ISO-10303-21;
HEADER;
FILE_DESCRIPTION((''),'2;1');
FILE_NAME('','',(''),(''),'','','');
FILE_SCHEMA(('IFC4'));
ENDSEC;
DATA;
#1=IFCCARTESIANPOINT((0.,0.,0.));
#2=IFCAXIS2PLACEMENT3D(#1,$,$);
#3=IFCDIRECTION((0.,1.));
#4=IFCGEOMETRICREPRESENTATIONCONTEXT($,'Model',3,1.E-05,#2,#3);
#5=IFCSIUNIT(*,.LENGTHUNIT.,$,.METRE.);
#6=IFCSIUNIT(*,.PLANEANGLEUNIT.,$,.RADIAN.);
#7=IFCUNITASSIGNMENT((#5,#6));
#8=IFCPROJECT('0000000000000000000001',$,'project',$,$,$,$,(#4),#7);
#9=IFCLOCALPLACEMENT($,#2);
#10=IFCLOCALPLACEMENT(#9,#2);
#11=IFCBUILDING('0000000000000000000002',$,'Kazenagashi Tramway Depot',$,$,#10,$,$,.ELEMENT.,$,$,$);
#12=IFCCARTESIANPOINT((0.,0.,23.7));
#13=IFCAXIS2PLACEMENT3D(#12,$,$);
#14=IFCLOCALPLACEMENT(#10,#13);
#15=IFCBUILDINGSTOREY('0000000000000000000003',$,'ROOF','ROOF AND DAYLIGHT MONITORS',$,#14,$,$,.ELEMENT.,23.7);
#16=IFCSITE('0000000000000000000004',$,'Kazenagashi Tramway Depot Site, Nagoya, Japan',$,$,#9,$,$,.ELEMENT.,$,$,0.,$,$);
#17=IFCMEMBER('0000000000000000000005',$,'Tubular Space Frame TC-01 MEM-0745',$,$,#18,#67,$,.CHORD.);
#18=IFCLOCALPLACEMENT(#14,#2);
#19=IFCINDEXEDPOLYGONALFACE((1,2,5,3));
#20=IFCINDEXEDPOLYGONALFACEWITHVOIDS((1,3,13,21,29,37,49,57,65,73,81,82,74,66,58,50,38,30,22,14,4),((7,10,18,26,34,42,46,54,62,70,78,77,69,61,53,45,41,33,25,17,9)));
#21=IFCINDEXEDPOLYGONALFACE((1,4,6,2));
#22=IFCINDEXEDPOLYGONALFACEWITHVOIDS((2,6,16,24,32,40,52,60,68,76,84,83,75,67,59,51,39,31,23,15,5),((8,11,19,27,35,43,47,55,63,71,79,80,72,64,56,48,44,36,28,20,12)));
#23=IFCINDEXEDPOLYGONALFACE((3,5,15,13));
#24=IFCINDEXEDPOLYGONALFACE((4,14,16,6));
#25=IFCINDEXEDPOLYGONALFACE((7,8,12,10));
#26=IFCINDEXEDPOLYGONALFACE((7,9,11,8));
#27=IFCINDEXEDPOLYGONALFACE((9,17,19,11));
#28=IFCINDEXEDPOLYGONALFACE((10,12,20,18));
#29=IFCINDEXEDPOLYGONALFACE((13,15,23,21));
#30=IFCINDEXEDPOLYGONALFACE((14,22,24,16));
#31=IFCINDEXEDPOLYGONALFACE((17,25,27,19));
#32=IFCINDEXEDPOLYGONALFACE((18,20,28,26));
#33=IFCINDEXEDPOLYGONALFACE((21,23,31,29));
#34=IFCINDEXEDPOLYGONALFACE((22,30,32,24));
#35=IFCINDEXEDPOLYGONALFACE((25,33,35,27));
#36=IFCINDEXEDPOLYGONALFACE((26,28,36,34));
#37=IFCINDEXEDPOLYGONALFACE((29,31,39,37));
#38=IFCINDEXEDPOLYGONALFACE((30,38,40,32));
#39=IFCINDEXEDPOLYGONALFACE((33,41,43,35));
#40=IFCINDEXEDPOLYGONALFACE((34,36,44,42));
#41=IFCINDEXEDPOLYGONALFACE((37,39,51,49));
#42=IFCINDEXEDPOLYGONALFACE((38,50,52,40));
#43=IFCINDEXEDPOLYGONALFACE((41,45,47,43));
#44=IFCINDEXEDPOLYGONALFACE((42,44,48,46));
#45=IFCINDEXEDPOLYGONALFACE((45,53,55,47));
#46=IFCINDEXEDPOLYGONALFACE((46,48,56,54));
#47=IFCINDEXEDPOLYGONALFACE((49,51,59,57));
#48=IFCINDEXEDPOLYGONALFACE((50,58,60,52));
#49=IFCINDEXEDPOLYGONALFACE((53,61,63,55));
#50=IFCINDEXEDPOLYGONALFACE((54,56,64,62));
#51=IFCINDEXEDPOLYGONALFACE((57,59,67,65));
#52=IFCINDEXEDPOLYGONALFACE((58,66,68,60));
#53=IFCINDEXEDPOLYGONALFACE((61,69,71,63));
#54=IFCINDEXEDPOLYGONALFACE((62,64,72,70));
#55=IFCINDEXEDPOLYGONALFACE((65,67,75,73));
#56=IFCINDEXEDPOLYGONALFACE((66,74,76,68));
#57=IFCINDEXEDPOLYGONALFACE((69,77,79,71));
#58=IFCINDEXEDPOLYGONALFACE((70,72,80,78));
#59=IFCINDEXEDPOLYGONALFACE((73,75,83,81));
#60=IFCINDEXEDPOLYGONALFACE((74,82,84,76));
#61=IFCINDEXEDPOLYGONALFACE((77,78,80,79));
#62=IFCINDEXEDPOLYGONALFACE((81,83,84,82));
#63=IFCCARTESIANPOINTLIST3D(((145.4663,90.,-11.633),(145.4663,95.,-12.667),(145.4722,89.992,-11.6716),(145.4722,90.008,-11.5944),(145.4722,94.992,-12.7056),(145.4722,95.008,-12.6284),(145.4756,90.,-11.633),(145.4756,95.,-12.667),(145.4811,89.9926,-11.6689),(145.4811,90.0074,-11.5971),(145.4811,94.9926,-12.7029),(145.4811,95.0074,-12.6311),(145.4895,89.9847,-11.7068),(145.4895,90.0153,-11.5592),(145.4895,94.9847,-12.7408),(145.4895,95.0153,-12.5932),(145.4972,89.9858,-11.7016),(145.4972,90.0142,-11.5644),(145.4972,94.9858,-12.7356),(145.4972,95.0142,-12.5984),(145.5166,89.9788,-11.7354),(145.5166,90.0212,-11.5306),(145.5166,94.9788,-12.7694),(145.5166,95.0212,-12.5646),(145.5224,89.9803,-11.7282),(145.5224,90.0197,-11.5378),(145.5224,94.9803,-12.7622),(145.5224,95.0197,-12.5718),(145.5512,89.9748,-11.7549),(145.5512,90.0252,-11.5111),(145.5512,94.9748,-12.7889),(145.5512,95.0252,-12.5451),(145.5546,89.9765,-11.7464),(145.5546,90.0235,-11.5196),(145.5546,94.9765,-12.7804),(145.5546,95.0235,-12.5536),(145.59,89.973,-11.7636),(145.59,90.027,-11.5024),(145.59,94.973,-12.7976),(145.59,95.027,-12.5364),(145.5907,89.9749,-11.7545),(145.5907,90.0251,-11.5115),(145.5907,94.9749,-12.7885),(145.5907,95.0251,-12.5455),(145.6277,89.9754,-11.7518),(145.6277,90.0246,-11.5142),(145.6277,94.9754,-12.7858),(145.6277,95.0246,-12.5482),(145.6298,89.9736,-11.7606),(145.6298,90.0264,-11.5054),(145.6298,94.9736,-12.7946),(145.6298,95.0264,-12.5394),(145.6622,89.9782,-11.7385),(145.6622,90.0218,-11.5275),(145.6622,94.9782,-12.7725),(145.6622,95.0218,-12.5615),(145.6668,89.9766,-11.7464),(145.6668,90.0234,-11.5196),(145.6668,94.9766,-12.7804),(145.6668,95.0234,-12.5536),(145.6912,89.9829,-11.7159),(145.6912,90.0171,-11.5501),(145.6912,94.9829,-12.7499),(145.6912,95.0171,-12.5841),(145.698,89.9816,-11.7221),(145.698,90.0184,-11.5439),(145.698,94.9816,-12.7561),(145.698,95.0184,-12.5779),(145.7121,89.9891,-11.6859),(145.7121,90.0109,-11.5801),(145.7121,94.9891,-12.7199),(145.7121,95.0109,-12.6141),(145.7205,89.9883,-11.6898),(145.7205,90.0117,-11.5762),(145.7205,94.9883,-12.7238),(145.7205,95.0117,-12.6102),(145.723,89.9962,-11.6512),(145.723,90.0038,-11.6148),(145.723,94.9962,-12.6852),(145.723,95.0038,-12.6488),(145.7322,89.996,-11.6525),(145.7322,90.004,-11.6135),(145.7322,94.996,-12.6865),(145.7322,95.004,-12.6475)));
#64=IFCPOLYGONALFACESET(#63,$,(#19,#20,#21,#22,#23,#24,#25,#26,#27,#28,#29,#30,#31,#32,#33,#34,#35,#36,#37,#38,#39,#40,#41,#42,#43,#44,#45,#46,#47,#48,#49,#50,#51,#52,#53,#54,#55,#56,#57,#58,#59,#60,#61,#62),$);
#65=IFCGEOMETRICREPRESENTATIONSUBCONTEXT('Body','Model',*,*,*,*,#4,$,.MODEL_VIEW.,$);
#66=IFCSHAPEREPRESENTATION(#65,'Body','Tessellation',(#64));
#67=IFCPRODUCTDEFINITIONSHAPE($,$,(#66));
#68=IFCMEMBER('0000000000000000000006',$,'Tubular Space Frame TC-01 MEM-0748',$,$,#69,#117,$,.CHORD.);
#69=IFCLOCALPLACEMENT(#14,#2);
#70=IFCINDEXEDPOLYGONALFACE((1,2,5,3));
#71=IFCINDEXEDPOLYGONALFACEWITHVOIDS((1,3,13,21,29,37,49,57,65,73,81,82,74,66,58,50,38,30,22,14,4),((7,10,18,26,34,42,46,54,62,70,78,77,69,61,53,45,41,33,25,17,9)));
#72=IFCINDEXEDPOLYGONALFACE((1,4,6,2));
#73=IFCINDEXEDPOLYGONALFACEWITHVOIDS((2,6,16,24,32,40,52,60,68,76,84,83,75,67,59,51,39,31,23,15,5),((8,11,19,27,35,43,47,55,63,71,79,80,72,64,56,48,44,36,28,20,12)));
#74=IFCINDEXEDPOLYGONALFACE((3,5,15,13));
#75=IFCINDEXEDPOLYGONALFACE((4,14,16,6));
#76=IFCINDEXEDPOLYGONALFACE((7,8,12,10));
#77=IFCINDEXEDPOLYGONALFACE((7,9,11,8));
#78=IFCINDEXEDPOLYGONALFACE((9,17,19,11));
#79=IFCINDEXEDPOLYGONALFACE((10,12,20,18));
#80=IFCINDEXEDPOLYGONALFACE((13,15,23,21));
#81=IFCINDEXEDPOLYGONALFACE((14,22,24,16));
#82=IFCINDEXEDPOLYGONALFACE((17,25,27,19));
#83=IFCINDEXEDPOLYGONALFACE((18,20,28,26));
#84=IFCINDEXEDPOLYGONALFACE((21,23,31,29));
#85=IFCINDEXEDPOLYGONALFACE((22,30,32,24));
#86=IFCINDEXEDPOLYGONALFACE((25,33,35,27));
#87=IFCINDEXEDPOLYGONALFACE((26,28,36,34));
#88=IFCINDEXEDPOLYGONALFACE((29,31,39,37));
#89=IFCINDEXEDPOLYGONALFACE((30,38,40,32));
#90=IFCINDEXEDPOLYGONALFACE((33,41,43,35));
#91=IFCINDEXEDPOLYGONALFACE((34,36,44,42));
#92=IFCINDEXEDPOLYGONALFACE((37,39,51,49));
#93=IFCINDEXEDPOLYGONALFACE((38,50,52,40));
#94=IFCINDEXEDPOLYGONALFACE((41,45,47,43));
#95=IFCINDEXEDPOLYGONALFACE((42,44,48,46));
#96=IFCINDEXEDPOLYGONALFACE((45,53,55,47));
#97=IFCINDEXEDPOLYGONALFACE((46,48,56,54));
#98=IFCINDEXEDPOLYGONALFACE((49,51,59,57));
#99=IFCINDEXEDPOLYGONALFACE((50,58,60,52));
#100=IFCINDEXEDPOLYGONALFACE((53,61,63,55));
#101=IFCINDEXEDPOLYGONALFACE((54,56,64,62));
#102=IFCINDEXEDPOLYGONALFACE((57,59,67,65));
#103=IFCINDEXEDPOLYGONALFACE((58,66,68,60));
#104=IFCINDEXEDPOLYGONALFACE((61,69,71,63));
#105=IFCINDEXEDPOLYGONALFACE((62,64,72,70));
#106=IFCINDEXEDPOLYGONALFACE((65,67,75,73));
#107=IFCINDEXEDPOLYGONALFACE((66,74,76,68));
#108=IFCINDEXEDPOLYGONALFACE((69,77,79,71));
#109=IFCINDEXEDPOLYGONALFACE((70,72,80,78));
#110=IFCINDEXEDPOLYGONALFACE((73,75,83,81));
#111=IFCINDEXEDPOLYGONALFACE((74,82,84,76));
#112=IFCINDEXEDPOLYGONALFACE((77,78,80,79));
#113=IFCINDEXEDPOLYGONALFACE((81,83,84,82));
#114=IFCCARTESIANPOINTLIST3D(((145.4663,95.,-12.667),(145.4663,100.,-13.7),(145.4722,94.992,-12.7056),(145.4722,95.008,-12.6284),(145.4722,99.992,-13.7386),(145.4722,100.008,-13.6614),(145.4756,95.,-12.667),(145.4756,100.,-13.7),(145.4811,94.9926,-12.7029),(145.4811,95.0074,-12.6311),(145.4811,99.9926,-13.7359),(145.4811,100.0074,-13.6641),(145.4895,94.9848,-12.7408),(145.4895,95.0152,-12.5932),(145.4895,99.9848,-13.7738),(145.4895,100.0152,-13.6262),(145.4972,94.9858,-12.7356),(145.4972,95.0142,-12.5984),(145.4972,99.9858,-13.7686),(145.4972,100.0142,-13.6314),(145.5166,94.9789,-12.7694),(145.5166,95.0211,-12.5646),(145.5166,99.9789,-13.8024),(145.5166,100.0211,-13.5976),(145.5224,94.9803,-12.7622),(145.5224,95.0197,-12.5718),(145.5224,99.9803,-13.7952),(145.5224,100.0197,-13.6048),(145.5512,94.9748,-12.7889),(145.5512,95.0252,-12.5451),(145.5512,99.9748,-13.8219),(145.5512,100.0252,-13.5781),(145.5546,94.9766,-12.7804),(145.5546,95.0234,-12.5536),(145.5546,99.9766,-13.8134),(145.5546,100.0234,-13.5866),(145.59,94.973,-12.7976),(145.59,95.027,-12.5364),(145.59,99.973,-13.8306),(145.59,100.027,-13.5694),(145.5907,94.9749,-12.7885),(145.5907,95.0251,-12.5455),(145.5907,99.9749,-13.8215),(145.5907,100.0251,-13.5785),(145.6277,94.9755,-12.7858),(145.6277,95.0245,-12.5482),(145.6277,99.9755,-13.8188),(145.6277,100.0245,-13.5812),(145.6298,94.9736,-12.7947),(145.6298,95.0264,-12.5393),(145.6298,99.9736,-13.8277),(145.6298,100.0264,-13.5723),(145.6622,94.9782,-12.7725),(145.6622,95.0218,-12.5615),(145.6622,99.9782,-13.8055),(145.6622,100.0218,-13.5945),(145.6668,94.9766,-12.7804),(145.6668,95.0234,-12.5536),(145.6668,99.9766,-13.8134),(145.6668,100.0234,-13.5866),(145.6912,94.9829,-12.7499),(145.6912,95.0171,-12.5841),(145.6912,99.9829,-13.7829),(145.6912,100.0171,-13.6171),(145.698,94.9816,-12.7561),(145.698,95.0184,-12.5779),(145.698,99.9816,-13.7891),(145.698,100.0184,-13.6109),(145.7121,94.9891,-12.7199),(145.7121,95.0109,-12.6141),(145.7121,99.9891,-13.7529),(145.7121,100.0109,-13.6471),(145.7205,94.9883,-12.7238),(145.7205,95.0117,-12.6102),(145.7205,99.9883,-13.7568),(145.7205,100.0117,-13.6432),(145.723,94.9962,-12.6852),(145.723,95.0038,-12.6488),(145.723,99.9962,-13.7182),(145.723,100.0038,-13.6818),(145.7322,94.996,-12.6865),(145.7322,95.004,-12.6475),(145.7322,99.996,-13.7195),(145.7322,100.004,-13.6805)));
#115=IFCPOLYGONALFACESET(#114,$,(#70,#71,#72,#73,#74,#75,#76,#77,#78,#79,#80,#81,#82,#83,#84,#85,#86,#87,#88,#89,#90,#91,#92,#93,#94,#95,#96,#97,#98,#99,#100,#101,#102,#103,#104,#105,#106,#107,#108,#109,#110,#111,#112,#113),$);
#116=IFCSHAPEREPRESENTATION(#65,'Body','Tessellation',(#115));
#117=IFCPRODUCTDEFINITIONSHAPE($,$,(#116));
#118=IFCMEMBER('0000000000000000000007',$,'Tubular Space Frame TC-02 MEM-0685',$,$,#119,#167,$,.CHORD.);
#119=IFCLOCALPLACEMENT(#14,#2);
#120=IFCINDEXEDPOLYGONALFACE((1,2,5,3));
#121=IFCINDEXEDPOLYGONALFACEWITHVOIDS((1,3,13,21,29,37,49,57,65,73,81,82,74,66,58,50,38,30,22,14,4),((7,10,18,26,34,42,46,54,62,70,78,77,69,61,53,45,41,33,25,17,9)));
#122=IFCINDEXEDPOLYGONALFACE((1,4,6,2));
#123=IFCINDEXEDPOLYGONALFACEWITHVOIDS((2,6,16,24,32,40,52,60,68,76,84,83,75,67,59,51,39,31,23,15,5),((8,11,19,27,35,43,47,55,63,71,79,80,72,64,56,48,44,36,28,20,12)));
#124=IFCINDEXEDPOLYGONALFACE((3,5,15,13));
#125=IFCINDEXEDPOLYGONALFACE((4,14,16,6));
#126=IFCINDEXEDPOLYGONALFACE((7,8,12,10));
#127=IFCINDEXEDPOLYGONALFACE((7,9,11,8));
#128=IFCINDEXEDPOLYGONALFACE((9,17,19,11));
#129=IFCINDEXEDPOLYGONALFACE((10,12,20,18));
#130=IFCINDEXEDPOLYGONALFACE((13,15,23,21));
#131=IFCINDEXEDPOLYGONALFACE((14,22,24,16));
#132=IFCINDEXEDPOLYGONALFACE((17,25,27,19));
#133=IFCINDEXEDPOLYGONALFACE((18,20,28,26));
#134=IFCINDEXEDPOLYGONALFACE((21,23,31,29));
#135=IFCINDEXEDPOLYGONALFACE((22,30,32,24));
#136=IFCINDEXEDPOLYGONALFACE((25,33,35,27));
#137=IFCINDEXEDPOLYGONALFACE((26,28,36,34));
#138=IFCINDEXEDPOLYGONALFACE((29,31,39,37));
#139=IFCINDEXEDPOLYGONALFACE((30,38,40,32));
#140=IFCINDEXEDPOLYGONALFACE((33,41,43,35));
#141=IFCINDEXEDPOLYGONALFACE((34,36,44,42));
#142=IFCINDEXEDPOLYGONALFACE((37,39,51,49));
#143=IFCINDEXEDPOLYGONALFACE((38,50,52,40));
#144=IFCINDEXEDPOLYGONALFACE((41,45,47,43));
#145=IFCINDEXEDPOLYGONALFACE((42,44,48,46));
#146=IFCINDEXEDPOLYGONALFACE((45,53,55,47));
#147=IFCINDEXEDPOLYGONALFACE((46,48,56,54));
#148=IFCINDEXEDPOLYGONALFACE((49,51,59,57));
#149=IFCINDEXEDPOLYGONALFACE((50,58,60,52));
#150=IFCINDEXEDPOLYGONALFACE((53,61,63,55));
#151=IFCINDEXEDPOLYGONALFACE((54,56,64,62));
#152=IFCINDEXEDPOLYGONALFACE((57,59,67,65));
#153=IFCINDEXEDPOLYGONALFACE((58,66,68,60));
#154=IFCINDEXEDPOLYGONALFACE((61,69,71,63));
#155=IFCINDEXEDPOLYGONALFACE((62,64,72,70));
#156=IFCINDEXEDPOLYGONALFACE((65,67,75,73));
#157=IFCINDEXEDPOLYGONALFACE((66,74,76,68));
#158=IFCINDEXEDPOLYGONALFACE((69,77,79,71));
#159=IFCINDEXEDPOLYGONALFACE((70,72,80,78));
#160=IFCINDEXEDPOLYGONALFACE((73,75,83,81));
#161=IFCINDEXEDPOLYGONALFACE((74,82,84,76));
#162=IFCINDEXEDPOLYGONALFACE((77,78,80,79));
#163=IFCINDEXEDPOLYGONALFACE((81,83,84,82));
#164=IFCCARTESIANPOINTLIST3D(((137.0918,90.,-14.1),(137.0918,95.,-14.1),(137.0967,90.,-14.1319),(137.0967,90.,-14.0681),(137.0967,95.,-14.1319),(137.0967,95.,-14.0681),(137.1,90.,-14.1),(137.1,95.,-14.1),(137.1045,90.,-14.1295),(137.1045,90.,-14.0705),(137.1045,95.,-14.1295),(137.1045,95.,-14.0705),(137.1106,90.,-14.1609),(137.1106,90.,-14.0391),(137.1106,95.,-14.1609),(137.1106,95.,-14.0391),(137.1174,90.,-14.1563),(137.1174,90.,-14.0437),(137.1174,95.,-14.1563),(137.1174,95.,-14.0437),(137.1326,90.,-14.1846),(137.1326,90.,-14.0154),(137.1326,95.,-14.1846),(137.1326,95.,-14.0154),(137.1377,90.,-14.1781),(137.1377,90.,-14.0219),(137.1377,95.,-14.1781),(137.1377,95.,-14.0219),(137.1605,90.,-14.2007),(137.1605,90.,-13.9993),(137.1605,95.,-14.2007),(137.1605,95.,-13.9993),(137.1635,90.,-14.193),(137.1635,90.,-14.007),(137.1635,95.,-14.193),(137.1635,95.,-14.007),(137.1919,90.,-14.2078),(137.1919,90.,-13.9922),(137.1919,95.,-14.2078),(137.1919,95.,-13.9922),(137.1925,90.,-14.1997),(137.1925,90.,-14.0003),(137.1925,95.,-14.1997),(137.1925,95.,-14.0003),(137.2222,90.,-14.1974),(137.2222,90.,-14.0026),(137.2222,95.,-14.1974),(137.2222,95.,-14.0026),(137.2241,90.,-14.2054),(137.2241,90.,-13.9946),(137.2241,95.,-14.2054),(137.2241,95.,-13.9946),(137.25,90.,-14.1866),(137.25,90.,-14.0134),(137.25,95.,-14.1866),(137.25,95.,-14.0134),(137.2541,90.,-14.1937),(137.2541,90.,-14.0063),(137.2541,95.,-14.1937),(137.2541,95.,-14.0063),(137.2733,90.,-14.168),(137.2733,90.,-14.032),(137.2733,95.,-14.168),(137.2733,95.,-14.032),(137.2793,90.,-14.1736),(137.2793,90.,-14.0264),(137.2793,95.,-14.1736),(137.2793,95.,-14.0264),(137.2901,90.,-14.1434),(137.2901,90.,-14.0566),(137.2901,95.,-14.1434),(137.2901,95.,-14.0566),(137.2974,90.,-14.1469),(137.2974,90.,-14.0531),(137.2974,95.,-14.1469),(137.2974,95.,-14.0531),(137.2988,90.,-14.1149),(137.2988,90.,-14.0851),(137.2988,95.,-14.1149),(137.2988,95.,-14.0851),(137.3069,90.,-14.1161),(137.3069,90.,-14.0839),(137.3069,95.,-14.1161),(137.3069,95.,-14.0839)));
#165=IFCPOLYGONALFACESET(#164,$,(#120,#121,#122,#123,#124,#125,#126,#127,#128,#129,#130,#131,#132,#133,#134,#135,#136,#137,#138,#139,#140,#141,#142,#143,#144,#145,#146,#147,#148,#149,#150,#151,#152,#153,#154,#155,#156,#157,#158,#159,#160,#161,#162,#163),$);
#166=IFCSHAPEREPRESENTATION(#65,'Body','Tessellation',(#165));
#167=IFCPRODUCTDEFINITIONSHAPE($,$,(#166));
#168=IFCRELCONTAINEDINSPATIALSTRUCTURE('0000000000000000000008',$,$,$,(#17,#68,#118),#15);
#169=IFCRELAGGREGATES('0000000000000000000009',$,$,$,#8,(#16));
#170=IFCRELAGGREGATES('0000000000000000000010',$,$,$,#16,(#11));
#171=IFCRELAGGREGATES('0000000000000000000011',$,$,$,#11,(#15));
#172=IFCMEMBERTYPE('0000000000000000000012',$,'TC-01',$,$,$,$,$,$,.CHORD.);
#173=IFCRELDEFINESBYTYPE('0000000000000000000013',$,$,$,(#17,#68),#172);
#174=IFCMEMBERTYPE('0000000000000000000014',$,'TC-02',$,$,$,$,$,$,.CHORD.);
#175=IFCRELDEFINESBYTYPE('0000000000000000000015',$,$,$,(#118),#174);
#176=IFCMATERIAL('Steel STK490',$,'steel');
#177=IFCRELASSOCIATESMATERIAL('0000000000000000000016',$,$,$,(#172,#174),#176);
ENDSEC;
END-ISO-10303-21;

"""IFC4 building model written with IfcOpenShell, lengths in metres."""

from ifc_helpers import new_model, si_unit, direction, frame, origin, origin_2d, place, context, subcontext, project, spatial, hollow_circle, extrude, material, material_profile, profile_set, type_object, element, save


model = new_model("IFC4")

# Units and contexts
model_context = context("Model", 3, precision=1e-05, world=origin(), true_north=direction((0.0, 1.0)))
body_context = subcontext(model_context, "Body", "Model", "MODEL_VIEW")
ifc_project = project(units=[si_unit("LENGTHUNIT", "METRE"), si_unit("PLANEANGLEUNIT", "RADIAN")], contexts=[model_context])

# Site, building, storey
site_placement = place(None, origin())
site = spatial("IfcSite", under=ifc_project, at=site_placement, Name="Kazenagashi Tramway Depot Site, Nagoya, Japan", CompositionType="ELEMENT", RefElevation=0.0)
building_placement = place(site_placement, origin())
building = spatial("IfcBuilding", under=site, at=building_placement, Name="Kazenagashi Tramway Depot", CompositionType="ELEMENT")
storey_placement = place(building_placement, frame((0.0, 0.0, 23.7)))
storey = spatial("IfcBuildingStorey", under=building, at=storey_placement, Name="ROOF", Description="ROOF AND DAYLIGHT MONITORS", CompositionType="ELEMENT", Elevation=23.7)

# Members
ifc_material_1 = material(Name="Steel STK490", Category="steel")
ifc_material_profile_1 = material_profile(ifc_material_1, hollow_circle(Radius=0.1337, WallThickness=0.0093, at=origin_2d()), Name="CHS-267.4x9.3")
ifc_profile_set_1 = profile_set([ifc_material_profile_1], Name="Steel STK490")
member_type_1 = type_object("IfcMemberType", Name="TC-01", PredefinedType="CHORD", material=ifc_profile_set_1)
for number, where, z_axis, x_axis, name in (
    (1, (145.6, 90.0, -11.633), (0.0, 0.979279, -0.202515), (-1.0, 0.0, 0.0), "Tubular Space Frame TC-01 MEM-0745"),
):
    element("IfcMember", number, at=place(storey_placement, frame(where, z_axis=z_axis, x_axis=x_axis)), inside=storey, type_object=member_type_1, Name=name, PredefinedType="CHORD", context=body_context, shape_type="SweptSolid", body=[
        extrude(hollow_circle(Radius=0.1337, WallThickness=0.0093, at=origin_2d()), origin(), (0.0, 0.0, 1.0), 5.1058),
    ])
member_1_placement = place(storey_placement, frame((145.6, 95.0, -12.667), z_axis=(0.0, 0.979318, -0.202327), x_axis=(-1.0, 0.0, 0.0)))
element("IfcMember", 2, at=member_1_placement, inside=storey, type_object=member_type_1, Name="Tubular Space Frame TC-01 MEM-0748", PredefinedType="CHORD", context=body_context, shape_type="SweptSolid", body=[
    extrude(hollow_circle(Radius=0.1337, WallThickness=0.0093, at=origin_2d()), origin(), (0.0, 0.0, 1.0), 5.1056),
])
ifc_material_profile_2 = material_profile(ifc_material_1, hollow_circle(Radius=0.1081, WallThickness=0.0082, at=origin_2d()), Name="CHS-216.3x8.2")
ifc_profile_set_2 = profile_set([ifc_material_profile_2], Name="Steel STK490")
member_type_2 = type_object("IfcMemberType", Name="TC-02", PredefinedType="CHORD", material=ifc_profile_set_2)
for number, where, z_axis, x_axis, name in (
    (3, (137.2, 90.0, -14.1), (0.0, 1.0, 0.0), (-1.0, 0.0, 0.0), "Tubular Space Frame TC-02 MEM-0685"),
):
    element("IfcMember", number, at=place(storey_placement, frame(where, z_axis=z_axis, x_axis=x_axis)), inside=storey, type_object=member_type_2, Name=name, PredefinedType="CHORD", context=body_context, shape_type="SweptSolid", body=[
        extrude(hollow_circle(Radius=0.1081, WallThickness=0.0082, at=origin_2d()), origin(), (0.0, 0.0, 1.0), 5.0),
    ])

save(model, "model.ifc")
